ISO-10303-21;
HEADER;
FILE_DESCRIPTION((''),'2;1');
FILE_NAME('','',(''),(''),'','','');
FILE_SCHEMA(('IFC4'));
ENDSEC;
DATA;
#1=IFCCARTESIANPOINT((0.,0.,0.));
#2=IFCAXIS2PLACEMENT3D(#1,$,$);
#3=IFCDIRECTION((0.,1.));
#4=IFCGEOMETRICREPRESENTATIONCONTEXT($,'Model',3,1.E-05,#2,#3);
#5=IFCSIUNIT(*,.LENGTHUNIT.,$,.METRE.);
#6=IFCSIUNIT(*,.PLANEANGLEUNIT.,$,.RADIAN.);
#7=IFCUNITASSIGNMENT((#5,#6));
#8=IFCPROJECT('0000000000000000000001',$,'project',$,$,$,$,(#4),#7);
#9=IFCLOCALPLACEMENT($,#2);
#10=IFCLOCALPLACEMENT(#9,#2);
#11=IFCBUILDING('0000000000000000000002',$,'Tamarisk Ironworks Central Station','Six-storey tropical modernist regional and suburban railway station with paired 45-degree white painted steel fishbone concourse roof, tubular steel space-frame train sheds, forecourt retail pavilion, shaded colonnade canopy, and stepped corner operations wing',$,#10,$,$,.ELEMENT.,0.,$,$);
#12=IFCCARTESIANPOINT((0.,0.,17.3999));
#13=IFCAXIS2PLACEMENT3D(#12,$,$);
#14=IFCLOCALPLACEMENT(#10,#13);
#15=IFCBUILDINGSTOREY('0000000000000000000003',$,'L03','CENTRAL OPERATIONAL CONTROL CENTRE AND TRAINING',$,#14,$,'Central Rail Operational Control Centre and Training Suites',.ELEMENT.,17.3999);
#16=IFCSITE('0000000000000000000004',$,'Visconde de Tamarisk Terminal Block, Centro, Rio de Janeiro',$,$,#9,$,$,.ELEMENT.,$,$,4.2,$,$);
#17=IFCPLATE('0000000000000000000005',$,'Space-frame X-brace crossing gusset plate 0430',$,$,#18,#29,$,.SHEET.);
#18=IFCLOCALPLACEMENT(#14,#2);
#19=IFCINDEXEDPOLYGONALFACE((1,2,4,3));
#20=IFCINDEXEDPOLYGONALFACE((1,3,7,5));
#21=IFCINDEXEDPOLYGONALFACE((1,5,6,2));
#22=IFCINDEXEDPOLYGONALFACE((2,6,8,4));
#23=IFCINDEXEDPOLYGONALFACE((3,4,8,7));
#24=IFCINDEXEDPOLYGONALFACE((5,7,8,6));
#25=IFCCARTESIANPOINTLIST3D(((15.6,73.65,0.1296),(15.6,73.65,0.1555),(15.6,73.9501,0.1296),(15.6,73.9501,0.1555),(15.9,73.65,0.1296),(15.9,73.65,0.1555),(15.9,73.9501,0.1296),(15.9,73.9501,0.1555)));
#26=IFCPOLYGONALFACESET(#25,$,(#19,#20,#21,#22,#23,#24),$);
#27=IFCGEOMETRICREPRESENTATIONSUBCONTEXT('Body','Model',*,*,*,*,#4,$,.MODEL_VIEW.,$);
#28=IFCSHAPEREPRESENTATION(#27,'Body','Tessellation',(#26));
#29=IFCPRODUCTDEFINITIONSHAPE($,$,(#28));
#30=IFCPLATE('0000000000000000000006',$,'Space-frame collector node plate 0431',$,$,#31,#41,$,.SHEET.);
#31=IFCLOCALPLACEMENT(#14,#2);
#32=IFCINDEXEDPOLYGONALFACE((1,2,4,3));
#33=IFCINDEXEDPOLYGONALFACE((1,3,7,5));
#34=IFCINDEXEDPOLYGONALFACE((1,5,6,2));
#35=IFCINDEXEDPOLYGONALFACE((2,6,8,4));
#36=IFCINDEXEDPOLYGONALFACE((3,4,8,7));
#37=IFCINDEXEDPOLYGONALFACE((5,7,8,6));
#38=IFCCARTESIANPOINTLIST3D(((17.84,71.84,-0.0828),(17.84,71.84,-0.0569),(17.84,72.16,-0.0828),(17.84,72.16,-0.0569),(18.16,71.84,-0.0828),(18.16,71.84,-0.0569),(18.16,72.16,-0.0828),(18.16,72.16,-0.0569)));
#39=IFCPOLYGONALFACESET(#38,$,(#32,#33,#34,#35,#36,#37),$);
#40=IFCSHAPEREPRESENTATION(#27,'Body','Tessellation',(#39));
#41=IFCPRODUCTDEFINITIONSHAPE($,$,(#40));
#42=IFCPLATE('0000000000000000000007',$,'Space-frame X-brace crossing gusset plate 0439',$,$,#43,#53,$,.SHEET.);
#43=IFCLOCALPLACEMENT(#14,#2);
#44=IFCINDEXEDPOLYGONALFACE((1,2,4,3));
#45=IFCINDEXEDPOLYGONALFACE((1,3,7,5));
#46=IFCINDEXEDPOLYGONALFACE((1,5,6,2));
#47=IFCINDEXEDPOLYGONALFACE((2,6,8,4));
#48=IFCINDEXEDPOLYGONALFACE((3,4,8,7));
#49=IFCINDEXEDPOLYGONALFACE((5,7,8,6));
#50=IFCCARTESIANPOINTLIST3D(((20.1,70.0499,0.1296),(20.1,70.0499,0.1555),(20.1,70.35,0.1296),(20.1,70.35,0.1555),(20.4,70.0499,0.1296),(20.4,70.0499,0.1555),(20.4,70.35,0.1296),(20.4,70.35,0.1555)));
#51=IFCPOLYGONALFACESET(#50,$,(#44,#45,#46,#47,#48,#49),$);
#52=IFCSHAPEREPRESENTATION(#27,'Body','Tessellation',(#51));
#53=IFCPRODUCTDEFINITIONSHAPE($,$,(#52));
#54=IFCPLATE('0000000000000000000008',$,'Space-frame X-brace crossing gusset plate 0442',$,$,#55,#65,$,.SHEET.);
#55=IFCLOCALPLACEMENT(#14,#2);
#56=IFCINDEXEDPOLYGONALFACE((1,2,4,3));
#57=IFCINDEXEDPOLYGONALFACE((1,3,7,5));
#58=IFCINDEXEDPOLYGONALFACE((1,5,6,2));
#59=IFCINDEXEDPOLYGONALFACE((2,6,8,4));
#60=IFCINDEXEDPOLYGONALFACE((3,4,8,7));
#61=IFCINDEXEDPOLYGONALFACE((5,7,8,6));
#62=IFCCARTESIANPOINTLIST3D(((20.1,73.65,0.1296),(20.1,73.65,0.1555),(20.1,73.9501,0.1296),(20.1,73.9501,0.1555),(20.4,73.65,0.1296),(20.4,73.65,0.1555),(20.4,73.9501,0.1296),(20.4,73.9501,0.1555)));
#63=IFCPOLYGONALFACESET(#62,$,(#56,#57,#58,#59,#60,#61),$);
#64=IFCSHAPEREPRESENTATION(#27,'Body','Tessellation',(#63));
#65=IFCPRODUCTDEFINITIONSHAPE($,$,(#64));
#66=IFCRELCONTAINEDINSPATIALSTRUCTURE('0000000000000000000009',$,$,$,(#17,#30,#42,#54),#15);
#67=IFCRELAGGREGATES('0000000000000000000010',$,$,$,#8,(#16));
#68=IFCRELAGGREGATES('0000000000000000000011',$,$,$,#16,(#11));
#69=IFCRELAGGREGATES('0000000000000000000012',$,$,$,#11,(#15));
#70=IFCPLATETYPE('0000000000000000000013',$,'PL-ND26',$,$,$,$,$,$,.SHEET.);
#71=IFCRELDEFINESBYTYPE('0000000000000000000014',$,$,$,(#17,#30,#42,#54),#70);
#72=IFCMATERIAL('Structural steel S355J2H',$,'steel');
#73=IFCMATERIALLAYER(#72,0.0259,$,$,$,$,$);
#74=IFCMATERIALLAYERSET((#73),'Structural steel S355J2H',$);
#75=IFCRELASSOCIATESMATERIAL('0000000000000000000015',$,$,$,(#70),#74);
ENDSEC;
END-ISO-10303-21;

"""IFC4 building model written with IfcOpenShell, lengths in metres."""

from ifc_helpers import new_model, si_unit, direction, frame, origin, origin_2d, place, context, subcontext, project, spatial, rectangle, extrude, material, layer, layer_set, type_object, element, save


model = new_model("IFC4")

# Units and contexts
model_context = context("Model", 3, precision=1e-05, world=origin(), true_north=direction((0.0, 1.0)))
body_context = subcontext(model_context, "Body", "Model", "MODEL_VIEW")
ifc_project = project(units=[si_unit("LENGTHUNIT", "METRE"), si_unit("PLANEANGLEUNIT", "RADIAN")], contexts=[model_context])

# Site, building, storey
site_placement = place(None, origin())
site = spatial("IfcSite", under=ifc_project, at=site_placement, Name="Visconde de Tamarisk Terminal Block, Centro, Rio de Janeiro", CompositionType="ELEMENT", RefElevation=4.2)
building_placement = place(site_placement, origin())
building = spatial("IfcBuilding", under=site, at=building_placement, Name="Tamarisk Ironworks Central Station", Description="Six-storey tropical modernist regional and suburban railway station with paired 45-degree white painted steel fishbone concourse roof, tubular steel space-frame train sheds, forecourt retail pavilion, shaded colonnade canopy, and stepped corner operations wing", CompositionType="ELEMENT", ElevationOfRefHeight=0.0)
storey_placement = place(building_placement, frame((0.0, 0.0, 17.3999)))
storey = spatial("IfcBuildingStorey", under=building, at=storey_placement, Name="L03", Description="CENTRAL OPERATIONAL CONTROL CENTRE AND TRAINING", LongName="Central Rail Operational Control Centre and Training Suites", CompositionType="ELEMENT", Elevation=17.3999)

# Shared definitions
ifc_material = material(Name="Structural steel S355J2H", Category="steel")

# Plates
ifc_layer = layer(ifc_material, 0.0259)
ifc_layer_set = layer_set([ifc_layer], Name="Structural steel S355J2H")
plate_type = type_object("IfcPlateType", Name="PL-ND26", PredefinedType="SHEET", material=ifc_layer_set)
plate_1_placement = place(storey_placement, frame((15.75, 73.8, 0.1296), z_axis=(0.0, 0.0, 1.0), x_axis=(1.0, 0.0, 0.0)))
element("IfcPlate", 1, at=plate_1_placement, inside=storey, type_object=plate_type, Name="Space-frame X-brace crossing gusset plate 0430", PredefinedType="SHEET", context=body_context, shape_type="SweptSolid", body=[
    extrude(rectangle(XDim=0.3, YDim=0.3, at=origin_2d()), origin(), (0.0, 0.0, 1.0), 0.0259),
])
plate_2_placement = place(storey_placement, frame((18.0, 72.0, -0.0828), z_axis=(0.0, 0.0, 1.0), x_axis=(1.0, 0.0, 0.0)))
element("IfcPlate", 2, at=plate_2_placement, inside=storey, type_object=plate_type, Name="Space-frame collector node plate 0431", PredefinedType="SHEET", context=body_context, shape_type="SweptSolid", body=[
    extrude(rectangle(XDim=0.3201, YDim=0.3201, at=origin_2d()), origin(), (0.0, 0.0, 1.0), 0.0259),
])
for number, where, z_axis, x_axis, name in (
    (3, (20.25, 70.2, 0.1296), (0.0, 0.0, 1.0), (1.0, 0.0, 0.0), "Space-frame X-brace crossing gusset plate 0439"),
    (4, (20.25, 73.8, 0.1296), (0.0, 0.0, 1.0), (1.0, 0.0, 0.0), "Space-frame X-brace crossing gusset plate 0442"),
):
    element("IfcPlate", number, at=place(storey_placement, frame(where, z_axis=z_axis, x_axis=x_axis)), inside=storey, type_object=plate_type, Name=name, PredefinedType="SHEET", context=body_context, shape_type="SweptSolid", body=[
        extrude(rectangle(XDim=0.3, YDim=0.3, at=origin_2d()), origin(), (0.0, 0.0, 1.0), 0.0259),
    ])

save(model, "model.ifc")
